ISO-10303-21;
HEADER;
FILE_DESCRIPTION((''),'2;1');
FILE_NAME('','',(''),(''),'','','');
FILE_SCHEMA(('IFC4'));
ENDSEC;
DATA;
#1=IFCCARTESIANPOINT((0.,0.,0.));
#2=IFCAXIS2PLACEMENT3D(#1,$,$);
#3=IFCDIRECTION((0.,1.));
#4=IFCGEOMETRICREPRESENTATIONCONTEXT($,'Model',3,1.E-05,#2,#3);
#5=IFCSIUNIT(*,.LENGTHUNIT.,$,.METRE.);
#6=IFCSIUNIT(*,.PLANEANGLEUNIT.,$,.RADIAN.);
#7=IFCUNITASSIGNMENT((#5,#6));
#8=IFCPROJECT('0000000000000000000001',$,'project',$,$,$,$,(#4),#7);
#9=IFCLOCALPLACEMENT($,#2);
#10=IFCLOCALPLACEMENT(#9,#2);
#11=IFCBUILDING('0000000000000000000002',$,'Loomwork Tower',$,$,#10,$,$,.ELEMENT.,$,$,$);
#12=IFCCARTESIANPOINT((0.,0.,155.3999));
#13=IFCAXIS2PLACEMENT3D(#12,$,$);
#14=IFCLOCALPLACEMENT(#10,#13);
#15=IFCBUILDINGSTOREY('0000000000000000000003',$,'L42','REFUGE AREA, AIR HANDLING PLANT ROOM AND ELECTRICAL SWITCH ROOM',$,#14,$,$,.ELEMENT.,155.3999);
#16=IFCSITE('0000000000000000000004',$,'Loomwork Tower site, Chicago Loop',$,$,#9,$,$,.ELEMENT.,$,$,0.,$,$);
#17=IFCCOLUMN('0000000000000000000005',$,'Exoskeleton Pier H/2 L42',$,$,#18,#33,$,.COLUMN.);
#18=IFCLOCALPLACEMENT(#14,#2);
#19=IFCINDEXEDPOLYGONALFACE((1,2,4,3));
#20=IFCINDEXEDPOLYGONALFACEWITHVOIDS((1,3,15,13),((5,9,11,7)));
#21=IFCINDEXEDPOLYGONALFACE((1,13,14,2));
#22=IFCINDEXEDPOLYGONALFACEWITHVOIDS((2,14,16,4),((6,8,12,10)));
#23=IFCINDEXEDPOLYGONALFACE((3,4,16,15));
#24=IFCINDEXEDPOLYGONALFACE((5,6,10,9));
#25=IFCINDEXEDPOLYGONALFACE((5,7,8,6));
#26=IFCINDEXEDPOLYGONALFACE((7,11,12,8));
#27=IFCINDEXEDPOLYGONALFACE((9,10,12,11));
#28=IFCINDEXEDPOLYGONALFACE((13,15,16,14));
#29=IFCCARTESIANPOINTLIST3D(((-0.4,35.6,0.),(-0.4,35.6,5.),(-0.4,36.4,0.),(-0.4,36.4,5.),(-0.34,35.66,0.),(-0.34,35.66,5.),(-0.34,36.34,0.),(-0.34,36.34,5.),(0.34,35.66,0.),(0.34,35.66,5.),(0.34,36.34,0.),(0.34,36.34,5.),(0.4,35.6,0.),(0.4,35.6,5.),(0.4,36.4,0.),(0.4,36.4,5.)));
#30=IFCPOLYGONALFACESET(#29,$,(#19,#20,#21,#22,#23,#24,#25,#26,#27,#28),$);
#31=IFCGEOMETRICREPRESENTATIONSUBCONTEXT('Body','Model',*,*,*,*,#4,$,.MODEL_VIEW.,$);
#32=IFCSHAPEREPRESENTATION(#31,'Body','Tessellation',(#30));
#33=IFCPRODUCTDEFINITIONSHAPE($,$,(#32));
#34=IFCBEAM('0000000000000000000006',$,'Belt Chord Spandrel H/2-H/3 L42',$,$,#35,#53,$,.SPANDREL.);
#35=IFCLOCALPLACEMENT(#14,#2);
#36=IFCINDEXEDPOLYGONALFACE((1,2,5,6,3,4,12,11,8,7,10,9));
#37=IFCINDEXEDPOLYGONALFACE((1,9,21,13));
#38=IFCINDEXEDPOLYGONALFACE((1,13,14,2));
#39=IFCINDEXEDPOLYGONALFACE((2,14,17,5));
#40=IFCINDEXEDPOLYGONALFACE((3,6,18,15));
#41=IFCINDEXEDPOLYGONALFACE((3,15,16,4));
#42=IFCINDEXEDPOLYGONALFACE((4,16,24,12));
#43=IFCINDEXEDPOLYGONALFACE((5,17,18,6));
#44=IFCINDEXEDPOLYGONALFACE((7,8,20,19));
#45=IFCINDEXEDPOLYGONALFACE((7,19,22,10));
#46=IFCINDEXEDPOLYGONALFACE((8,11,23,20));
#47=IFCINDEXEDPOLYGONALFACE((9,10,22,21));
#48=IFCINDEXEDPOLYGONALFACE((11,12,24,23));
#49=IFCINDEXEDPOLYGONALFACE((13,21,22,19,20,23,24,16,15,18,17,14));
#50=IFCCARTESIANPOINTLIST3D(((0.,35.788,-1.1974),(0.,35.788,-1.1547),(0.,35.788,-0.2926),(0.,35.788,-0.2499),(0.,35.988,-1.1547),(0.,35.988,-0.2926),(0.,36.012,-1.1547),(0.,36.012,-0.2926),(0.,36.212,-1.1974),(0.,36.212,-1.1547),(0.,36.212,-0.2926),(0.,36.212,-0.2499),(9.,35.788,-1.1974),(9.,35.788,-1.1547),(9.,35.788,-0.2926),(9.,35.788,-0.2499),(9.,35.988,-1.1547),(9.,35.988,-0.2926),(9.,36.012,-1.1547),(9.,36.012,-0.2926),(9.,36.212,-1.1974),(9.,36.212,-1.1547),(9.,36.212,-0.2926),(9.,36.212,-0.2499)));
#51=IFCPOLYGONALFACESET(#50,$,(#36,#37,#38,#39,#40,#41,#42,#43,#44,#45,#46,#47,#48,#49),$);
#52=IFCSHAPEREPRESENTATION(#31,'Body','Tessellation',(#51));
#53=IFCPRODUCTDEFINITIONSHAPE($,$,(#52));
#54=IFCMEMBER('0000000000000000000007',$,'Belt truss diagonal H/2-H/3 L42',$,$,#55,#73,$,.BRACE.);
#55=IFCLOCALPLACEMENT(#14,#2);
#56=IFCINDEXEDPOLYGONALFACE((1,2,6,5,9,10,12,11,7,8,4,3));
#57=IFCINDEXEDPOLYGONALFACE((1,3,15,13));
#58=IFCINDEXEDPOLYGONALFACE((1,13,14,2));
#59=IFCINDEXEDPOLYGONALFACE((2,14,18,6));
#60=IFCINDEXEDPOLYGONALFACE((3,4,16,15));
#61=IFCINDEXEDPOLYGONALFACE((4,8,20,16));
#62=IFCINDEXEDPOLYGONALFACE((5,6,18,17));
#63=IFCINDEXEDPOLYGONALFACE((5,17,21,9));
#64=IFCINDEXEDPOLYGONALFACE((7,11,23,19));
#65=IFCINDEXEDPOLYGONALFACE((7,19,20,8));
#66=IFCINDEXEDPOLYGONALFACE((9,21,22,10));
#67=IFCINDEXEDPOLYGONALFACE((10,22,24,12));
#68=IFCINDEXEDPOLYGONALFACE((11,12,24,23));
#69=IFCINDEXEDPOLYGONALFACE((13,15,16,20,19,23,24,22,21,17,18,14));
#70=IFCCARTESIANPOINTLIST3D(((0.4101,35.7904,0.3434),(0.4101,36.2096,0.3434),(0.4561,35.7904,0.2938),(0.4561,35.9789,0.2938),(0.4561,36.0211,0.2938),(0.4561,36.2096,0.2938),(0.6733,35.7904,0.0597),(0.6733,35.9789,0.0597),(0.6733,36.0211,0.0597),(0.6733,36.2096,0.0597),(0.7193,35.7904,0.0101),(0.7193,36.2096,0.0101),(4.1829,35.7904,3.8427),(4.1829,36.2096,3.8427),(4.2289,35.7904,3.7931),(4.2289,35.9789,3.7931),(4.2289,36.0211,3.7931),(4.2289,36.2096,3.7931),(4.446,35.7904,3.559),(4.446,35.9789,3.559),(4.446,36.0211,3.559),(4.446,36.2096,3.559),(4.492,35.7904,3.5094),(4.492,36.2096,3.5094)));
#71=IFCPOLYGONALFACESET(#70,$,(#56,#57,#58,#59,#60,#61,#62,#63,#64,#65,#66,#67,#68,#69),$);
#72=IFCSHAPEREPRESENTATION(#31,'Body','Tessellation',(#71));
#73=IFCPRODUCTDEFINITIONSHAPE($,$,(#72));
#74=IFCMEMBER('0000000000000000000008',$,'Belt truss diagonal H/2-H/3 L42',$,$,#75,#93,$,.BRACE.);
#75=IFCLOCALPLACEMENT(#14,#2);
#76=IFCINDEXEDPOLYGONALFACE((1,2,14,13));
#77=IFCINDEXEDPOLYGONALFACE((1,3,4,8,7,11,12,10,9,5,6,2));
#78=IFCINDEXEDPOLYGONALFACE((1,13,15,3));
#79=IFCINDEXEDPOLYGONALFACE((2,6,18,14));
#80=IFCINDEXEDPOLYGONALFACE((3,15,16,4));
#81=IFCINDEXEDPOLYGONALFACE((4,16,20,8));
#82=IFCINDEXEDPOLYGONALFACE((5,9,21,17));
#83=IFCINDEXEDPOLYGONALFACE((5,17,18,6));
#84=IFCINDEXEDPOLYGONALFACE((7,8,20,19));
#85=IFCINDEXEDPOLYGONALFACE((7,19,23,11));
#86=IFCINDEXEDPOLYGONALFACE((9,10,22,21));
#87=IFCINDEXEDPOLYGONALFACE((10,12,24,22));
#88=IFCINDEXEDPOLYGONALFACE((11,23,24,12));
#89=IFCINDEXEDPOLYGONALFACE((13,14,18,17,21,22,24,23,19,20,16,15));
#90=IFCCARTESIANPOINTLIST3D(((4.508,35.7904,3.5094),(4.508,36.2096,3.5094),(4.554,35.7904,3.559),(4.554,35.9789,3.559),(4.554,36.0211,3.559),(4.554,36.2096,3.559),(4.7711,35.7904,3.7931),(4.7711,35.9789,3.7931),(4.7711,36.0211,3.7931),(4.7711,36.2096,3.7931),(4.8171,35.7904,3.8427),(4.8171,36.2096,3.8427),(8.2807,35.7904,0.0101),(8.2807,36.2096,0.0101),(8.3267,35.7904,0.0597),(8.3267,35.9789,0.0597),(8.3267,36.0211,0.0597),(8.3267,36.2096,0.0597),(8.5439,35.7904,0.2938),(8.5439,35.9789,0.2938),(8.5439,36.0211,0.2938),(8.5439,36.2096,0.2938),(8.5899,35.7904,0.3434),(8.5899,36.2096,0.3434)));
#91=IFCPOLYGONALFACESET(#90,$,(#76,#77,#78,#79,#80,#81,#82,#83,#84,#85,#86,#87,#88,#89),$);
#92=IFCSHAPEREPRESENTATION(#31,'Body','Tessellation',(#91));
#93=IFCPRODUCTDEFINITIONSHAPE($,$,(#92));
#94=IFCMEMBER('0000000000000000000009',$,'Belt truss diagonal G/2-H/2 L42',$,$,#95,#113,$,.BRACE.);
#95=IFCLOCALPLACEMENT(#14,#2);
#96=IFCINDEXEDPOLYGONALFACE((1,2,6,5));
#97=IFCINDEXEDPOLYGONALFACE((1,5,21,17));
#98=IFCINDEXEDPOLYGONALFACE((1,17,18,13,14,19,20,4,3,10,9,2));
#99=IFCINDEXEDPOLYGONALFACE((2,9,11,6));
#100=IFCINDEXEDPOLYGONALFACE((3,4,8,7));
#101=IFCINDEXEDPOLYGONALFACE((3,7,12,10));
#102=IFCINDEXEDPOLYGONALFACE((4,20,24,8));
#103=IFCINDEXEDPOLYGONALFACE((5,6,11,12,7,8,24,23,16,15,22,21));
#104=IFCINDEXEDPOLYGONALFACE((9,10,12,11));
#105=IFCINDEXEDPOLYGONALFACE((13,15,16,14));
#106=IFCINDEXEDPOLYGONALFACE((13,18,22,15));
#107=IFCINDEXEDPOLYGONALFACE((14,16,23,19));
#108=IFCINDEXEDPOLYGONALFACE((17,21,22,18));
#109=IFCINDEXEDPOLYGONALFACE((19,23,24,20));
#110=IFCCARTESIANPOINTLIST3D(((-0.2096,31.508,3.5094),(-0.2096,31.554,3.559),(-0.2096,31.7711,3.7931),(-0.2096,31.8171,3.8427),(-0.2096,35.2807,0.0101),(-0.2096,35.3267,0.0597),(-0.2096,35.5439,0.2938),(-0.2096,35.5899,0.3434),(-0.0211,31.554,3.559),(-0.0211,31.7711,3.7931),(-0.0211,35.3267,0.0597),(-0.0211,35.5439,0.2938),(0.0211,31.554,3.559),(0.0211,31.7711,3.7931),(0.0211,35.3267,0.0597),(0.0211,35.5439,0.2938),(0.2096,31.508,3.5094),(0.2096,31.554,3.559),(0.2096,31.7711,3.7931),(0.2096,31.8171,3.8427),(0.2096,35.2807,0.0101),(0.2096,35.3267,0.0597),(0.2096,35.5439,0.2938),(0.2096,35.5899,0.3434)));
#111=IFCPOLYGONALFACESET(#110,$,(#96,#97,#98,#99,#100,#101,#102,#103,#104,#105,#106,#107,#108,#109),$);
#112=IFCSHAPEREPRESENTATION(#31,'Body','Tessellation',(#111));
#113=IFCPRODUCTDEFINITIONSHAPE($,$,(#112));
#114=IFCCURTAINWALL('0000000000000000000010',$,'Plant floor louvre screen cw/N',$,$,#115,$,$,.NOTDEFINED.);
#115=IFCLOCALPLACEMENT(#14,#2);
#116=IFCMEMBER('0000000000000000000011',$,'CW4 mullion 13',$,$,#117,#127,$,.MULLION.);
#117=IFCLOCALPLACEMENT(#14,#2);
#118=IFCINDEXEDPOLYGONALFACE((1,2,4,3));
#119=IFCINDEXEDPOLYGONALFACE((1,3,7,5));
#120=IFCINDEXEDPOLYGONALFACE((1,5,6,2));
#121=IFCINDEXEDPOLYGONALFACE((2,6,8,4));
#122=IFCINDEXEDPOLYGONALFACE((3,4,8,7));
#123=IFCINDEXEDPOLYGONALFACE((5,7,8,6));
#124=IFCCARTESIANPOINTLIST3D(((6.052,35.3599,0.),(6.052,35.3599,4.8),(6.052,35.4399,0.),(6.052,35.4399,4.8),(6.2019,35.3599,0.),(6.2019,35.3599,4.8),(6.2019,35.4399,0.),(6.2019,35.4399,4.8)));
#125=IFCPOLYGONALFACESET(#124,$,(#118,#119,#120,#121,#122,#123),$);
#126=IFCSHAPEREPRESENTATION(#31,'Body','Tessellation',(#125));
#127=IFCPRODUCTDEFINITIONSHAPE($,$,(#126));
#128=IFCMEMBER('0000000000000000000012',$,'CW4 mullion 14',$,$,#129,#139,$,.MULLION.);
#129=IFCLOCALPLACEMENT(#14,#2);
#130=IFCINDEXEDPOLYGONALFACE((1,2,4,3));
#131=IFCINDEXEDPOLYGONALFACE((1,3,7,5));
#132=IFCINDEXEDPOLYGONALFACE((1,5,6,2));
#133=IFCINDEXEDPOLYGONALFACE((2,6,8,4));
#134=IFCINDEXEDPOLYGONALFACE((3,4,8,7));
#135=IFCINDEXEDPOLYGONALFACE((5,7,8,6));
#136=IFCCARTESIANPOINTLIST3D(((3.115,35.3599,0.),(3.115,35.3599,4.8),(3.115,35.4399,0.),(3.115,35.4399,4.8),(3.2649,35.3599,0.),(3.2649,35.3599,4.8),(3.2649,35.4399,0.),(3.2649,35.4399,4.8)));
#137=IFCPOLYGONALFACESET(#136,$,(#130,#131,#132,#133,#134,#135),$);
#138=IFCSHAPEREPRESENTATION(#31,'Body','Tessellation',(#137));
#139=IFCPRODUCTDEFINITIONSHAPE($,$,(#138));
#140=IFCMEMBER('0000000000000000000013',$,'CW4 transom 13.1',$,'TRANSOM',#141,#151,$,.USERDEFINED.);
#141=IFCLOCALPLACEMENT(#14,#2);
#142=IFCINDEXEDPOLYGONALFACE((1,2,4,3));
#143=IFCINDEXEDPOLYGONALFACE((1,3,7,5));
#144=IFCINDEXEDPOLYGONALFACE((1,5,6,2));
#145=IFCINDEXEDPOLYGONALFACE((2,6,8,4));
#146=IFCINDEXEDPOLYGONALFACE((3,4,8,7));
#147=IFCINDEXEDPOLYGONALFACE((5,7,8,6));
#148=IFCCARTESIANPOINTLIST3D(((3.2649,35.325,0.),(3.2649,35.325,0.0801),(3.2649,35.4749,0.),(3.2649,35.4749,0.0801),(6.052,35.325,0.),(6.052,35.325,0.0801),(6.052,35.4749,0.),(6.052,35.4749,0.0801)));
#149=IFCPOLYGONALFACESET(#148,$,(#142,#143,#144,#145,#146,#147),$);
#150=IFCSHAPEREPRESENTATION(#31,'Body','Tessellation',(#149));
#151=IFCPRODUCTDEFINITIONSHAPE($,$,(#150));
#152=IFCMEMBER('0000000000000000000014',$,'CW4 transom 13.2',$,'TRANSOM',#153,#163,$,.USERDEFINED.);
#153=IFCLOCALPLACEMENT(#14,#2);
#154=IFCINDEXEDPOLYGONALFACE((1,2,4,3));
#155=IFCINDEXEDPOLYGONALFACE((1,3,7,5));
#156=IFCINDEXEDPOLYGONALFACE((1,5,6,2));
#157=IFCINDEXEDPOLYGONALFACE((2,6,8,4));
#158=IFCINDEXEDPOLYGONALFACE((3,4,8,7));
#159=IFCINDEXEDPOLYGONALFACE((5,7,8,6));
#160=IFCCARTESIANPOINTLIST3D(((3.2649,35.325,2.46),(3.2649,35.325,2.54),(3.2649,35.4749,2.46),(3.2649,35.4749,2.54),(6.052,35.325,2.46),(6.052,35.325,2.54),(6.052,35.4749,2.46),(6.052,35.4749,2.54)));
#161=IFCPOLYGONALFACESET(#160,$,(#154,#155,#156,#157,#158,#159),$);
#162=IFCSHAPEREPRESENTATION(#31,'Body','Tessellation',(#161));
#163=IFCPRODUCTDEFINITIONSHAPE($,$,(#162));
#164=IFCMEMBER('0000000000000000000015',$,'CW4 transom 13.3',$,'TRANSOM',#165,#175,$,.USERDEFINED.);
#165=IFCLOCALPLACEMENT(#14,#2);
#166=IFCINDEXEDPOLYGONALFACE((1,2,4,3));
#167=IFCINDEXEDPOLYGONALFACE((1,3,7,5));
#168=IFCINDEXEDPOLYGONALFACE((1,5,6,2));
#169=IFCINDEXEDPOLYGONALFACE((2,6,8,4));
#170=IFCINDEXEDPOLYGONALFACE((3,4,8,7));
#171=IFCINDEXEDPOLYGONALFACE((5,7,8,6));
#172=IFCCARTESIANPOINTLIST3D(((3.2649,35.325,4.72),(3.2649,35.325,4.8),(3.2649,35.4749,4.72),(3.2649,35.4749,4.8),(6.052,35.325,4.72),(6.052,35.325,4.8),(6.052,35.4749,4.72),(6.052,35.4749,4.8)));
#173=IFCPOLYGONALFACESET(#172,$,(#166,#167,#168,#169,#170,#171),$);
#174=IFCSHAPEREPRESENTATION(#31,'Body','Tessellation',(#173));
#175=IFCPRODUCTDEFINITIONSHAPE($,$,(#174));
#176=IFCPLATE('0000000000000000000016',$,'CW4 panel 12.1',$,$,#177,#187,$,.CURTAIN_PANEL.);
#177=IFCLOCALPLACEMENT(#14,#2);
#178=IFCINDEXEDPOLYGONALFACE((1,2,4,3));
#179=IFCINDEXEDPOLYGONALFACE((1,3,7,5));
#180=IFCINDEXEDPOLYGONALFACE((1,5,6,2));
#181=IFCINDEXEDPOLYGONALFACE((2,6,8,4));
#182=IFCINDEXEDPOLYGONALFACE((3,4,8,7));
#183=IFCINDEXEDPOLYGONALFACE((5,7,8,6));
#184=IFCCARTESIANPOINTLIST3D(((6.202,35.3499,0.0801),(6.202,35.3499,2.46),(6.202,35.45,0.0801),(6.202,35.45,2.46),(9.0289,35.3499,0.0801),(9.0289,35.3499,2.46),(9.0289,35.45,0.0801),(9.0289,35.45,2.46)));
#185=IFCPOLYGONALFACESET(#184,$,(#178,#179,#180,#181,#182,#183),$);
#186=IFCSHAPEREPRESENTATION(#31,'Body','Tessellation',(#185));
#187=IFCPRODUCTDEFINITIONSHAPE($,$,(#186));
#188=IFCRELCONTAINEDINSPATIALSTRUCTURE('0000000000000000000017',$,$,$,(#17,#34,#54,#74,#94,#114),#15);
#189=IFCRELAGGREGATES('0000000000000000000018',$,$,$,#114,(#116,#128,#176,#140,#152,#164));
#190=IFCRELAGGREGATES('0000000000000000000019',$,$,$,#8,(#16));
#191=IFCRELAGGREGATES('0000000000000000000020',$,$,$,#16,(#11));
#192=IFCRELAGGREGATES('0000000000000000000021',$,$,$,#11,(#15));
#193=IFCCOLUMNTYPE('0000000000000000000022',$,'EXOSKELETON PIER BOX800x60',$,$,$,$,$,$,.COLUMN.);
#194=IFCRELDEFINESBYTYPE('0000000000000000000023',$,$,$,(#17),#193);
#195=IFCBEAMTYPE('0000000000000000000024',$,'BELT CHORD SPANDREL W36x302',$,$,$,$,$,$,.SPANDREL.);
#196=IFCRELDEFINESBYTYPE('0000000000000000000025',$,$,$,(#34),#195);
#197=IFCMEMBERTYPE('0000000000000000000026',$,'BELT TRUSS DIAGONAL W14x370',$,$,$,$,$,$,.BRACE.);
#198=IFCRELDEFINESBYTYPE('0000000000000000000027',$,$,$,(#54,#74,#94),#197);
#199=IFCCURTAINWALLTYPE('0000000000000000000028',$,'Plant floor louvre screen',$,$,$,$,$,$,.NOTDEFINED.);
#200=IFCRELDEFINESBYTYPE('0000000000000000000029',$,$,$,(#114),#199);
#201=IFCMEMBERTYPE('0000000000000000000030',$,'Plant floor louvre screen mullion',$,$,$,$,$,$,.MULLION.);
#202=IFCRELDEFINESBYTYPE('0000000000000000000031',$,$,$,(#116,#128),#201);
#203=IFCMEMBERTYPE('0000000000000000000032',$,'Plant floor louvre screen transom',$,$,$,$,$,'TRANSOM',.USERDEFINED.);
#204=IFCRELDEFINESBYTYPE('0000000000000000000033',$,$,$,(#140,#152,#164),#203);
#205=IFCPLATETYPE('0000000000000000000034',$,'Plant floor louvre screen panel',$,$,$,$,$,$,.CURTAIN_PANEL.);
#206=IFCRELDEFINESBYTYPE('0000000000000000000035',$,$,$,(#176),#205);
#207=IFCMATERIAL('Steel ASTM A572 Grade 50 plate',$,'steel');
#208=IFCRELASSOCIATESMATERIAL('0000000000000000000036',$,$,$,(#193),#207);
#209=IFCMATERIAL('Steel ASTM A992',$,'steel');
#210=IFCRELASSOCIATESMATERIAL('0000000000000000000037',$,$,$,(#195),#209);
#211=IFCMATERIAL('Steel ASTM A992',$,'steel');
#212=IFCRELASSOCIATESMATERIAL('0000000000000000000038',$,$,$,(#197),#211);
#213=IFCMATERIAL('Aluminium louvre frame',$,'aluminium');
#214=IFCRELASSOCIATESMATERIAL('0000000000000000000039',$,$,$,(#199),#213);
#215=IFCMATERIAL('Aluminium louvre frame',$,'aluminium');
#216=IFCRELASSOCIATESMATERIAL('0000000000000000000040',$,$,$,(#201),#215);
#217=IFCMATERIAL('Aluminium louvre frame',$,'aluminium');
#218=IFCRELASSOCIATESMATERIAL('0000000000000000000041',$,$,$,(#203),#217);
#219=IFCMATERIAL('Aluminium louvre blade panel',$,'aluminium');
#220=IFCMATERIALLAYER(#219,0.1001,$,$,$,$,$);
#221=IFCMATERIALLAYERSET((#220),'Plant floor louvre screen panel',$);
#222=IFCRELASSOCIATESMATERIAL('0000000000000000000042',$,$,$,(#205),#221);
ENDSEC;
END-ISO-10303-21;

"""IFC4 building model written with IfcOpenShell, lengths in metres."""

from ifc_helpers import new_model, si_unit, direction, frame, origin, origin_2d, place, context, subcontext, project, spatial, rectangle, hollow_rectangle, i_section, extrude, material, layer, layer_set, material_profile, profile_set, type_object, element, aggregate, save


model = new_model("IFC4")

# Units and contexts
model_context = context("Model", 3, precision=1e-05, world=origin(), true_north=direction((0.0, 1.0)))
body_context = subcontext(model_context, "Body", "Model", "MODEL_VIEW")
ifc_project = project(units=[si_unit("LENGTHUNIT", "METRE"), si_unit("PLANEANGLEUNIT", "RADIAN")], contexts=[model_context])

# Site, building, storey
site_placement = place(None, origin())
site = spatial("IfcSite", under=ifc_project, at=site_placement, Name="Loomwork Tower site, Chicago Loop", CompositionType="ELEMENT", RefElevation=0.0)
building_placement = place(site_placement, origin())
building = spatial("IfcBuilding", under=site, at=building_placement, Name="Loomwork Tower", CompositionType="ELEMENT")
storey_placement = place(building_placement, frame((0.0, 0.0, 155.3999)))
storey = spatial("IfcBuildingStorey", under=building, at=storey_placement, Name="L42", Description="REFUGE AREA, AIR HANDLING PLANT ROOM AND ELECTRICAL SWITCH ROOM", CompositionType="ELEMENT", Elevation=155.3999)

# Column
ifc_material_1 = material(Name="Steel ASTM A572 Grade 50 plate", Category="steel")
ifc_material_profile_1 = material_profile(ifc_material_1, hollow_rectangle(XDim=0.8, YDim=0.8, WallThickness=0.0601, at=origin_2d()), Name="BOX800x60")
ifc_profile_set_1 = profile_set([ifc_material_profile_1], Name="Steel ASTM A572 Grade 50 plate")
column_type = type_object("IfcColumnType", Name="EXOSKELETON PIER BOX800x60", PredefinedType="COLUMN", material=ifc_profile_set_1)
column_placement = place(storey_placement, frame((0.0, 36.0, 0.0), z_axis=(0.0, 0.0, 1.0), x_axis=(1.0, 0.0, 0.0)))
element("IfcColumn", 1, at=column_placement, inside=storey, type_object=column_type, Name="Exoskeleton Pier H/2 L42", PredefinedType="COLUMN", context=body_context, shape_type="SweptSolid", body=[
    extrude(hollow_rectangle(XDim=0.8, YDim=0.8, WallThickness=0.0601, at=origin_2d()), origin(), (0.0, 0.0, 1.0), 5.0),
])

# Beam
ifc_material_2 = material(Name="Steel ASTM A992", Category="steel")
ifc_material_profile_2 = material_profile(ifc_material_2, i_section(OverallWidth=0.4241, OverallDepth=0.9475, WebThickness=0.0239, FlangeThickness=0.0427, at=origin_2d()), Name="W36x302")
ifc_profile_set_2 = profile_set([ifc_material_profile_2], Name="Steel ASTM A992")
beam_type = type_object("IfcBeamType", Name="BELT CHORD SPANDREL W36x302", PredefinedType="SPANDREL", material=ifc_profile_set_2)
beam_placement = place(storey_placement, frame((0.0, 36.0, -0.7236), z_axis=(1.0, 0.0, 0.0), x_axis=(0.0, 1.0, 0.0)))
element("IfcBeam", 2, at=beam_placement, inside=storey, type_object=beam_type, Name="Belt Chord Spandrel H/2-H/3 L42", PredefinedType="SPANDREL", context=body_context, shape_type="SweptSolid", body=[
    extrude(i_section(OverallWidth=0.4241, OverallDepth=0.9475, WebThickness=0.0239, FlangeThickness=0.0427, at=origin_2d()), origin(), (0.0, 0.0, 1.0), 9.0),
])

# Members
ifc_material_3 = material(Name="Steel ASTM A992", Category="steel")
ifc_material_profile_3 = material_profile(ifc_material_3, i_section(OverallWidth=0.4192, OverallDepth=0.4546, WebThickness=0.0422, FlangeThickness=0.0676, at=origin_2d()), Name="W14x370")
ifc_profile_set_3 = profile_set([ifc_material_profile_3], Name="Steel ASTM A992")
member_type_1 = type_object("IfcMemberType", Name="BELT TRUSS DIAGONAL W14x370", PredefinedType="BRACE", material=ifc_profile_set_3)
for number, where, z_axis, x_axis, name in (
    (3, (0.5647, 36.0, 0.1768), (0.733177, 0.0, 0.680038), (0.0, 1.0, 0.0), "Belt truss diagonal H/2-H/3 L42"),
    (4, (8.4353, 36.0, 0.1768), (-0.733177, 0.0, 0.680038), (0.0, -1.0, 0.0), "Belt truss diagonal H/2-H/3 L42"),
    (5, (0.0, 35.4353, 0.1768), (0.0, -0.733177, 0.680038), (1.0, 0.0, 0.0), "Belt truss diagonal G/2-H/2 L42"),
):
    element("IfcMember", number, at=place(storey_placement, frame(where, z_axis=z_axis, x_axis=x_axis)), inside=storey, type_object=member_type_1, Name=name, PredefinedType="BRACE", context=body_context, shape_type="SweptSolid", body=[
        extrude(i_section(OverallWidth=0.4192, OverallDepth=0.4546, WebThickness=0.0422, FlangeThickness=0.0676, at=origin_2d()), origin(), (0.0, 0.0, 1.0), 5.1458),
    ])

# Curtain wall, members, plate
ifc_material_4 = material(Name="Aluminium louvre frame", Category="aluminium")
curtain_wall_type = type_object("IfcCurtainWallType", Name="Plant floor louvre screen", PredefinedType="NOTDEFINED", material=ifc_material_4)
curtain_wall_placement = place(storey_placement, origin())
curtain_wall = element("IfcCurtainWall", 6, at=curtain_wall_placement, inside=storey, type_object=curtain_wall_type, Name="Plant floor louvre screen cw/N", PredefinedType="NOTDEFINED")
ifc_material_5 = material(Name="Aluminium louvre frame", Category="aluminium")
ifc_material_profile_4 = material_profile(ifc_material_5, rectangle(XDim=0.0801, YDim=0.1499, at=origin_2d()), Name="AL 80x150")
ifc_profile_set_4 = profile_set([ifc_material_profile_4], Name="Aluminium louvre frame")
member_type_2 = type_object("IfcMemberType", Name="Plant floor louvre screen mullion", PredefinedType="MULLION", material=ifc_profile_set_4)
member_1_placement = place(storey_placement, frame((6.127, 35.3999, 0.0), z_axis=(0.0, 0.0, 1.0), x_axis=(0.0, -1.0, 0.0)))
member_1 = element("IfcMember", 7, at=member_1_placement, type_object=member_type_2, Name="CW4 mullion 13", PredefinedType="MULLION", context=body_context, shape_type="SweptSolid", body=[
    extrude(rectangle(XDim=0.0801, YDim=0.1499, at=origin_2d()), origin(), (0.0, 0.0, 1.0), 4.8),
])
member_2_placement = place(storey_placement, frame((3.1899, 35.3999, 0.0), z_axis=(0.0, 0.0, 1.0), x_axis=(0.0, -1.0, 0.0)))
member_2 = element("IfcMember", 8, at=member_2_placement, type_object=member_type_2, Name="CW4 mullion 14", PredefinedType="MULLION", context=body_context, shape_type="SweptSolid", body=[
    extrude(rectangle(XDim=0.0801, YDim=0.1499, at=origin_2d()), origin(), (0.0, 0.0, 1.0), 4.8),
])
ifc_material_6 = material(Name="Aluminium louvre frame", Category="aluminium")
ifc_material_profile_5 = material_profile(ifc_material_6, rectangle(XDim=0.1499, YDim=0.0801, at=origin_2d()), Name="AL 80x150")
ifc_profile_set_5 = profile_set([ifc_material_profile_5], Name="Aluminium louvre frame")
member_type_3 = type_object("IfcMemberType", Name="Plant floor louvre screen transom", ElementType="TRANSOM", PredefinedType="USERDEFINED", material=ifc_profile_set_5)
member_3_placement = place(storey_placement, frame((6.052, 35.3999, 0.04), z_axis=(-1.0, 0.0, 0.0), x_axis=(0.0, -1.0, 0.0)))
member_3 = element("IfcMember", 9, at=member_3_placement, type_object=member_type_3, Name="CW4 transom 13.1", ObjectType="TRANSOM", PredefinedType="USERDEFINED", context=body_context, shape_type="SweptSolid", body=[
    extrude(rectangle(XDim=0.1499, YDim=0.0801, at=origin_2d()), origin(), (0.0, 0.0, 1.0), 2.7871),
])
member_4_placement = place(storey_placement, frame((6.052, 35.3999, 2.5), z_axis=(-1.0, 0.0, 0.0), x_axis=(0.0, -1.0, 0.0)))
member_4 = element("IfcMember", 10, at=member_4_placement, type_object=member_type_3, Name="CW4 transom 13.2", ObjectType="TRANSOM", PredefinedType="USERDEFINED", context=body_context, shape_type="SweptSolid", body=[
    extrude(rectangle(XDim=0.1499, YDim=0.0801, at=origin_2d()), origin(), (0.0, 0.0, 1.0), 2.7871),
])
member_5_placement = place(storey_placement, frame((6.052, 35.3999, 4.76), z_axis=(-1.0, 0.0, 0.0), x_axis=(0.0, -1.0, 0.0)))
member_5 = element("IfcMember", 11, at=member_5_placement, type_object=member_type_3, Name="CW4 transom 13.3", ObjectType="TRANSOM", PredefinedType="USERDEFINED", context=body_context, shape_type="SweptSolid", body=[
    extrude(rectangle(XDim=0.1499, YDim=0.0801, at=origin_2d()), origin(), (0.0, 0.0, 1.0), 2.7871),
])
ifc_material_7 = material(Name="Aluminium louvre blade panel", Category="aluminium")
ifc_layer_1 = layer(ifc_material_7, 0.1001)
ifc_layer_set_1 = layer_set([ifc_layer_1], Name="Plant floor louvre screen panel")
plate_type_1 = type_object("IfcPlateType", Name="Plant floor louvre screen panel", PredefinedType="CURTAIN_PANEL", material=ifc_layer_set_1)
plate_1_placement = place(storey_placement, frame((7.6155, 35.3999, 0.0801), z_axis=(0.0, 0.0, 1.0), x_axis=(-1.0, 0.0, 0.0)))
plate_1 = element("IfcPlate", 12, at=plate_1_placement, type_object=plate_type_1, Name="CW4 panel 12.1", PredefinedType="CURTAIN_PANEL", context=body_context, shape_type="SweptSolid", body=[
    extrude(rectangle(XDim=2.8269, YDim=0.1001, at=origin_2d()), origin(), (0.0, 0.0, 1.0), 2.3799),
])
aggregate(curtain_wall, [member_1, member_2, plate_1, member_3, member_4, member_5])

save(model, "model.ifc")
